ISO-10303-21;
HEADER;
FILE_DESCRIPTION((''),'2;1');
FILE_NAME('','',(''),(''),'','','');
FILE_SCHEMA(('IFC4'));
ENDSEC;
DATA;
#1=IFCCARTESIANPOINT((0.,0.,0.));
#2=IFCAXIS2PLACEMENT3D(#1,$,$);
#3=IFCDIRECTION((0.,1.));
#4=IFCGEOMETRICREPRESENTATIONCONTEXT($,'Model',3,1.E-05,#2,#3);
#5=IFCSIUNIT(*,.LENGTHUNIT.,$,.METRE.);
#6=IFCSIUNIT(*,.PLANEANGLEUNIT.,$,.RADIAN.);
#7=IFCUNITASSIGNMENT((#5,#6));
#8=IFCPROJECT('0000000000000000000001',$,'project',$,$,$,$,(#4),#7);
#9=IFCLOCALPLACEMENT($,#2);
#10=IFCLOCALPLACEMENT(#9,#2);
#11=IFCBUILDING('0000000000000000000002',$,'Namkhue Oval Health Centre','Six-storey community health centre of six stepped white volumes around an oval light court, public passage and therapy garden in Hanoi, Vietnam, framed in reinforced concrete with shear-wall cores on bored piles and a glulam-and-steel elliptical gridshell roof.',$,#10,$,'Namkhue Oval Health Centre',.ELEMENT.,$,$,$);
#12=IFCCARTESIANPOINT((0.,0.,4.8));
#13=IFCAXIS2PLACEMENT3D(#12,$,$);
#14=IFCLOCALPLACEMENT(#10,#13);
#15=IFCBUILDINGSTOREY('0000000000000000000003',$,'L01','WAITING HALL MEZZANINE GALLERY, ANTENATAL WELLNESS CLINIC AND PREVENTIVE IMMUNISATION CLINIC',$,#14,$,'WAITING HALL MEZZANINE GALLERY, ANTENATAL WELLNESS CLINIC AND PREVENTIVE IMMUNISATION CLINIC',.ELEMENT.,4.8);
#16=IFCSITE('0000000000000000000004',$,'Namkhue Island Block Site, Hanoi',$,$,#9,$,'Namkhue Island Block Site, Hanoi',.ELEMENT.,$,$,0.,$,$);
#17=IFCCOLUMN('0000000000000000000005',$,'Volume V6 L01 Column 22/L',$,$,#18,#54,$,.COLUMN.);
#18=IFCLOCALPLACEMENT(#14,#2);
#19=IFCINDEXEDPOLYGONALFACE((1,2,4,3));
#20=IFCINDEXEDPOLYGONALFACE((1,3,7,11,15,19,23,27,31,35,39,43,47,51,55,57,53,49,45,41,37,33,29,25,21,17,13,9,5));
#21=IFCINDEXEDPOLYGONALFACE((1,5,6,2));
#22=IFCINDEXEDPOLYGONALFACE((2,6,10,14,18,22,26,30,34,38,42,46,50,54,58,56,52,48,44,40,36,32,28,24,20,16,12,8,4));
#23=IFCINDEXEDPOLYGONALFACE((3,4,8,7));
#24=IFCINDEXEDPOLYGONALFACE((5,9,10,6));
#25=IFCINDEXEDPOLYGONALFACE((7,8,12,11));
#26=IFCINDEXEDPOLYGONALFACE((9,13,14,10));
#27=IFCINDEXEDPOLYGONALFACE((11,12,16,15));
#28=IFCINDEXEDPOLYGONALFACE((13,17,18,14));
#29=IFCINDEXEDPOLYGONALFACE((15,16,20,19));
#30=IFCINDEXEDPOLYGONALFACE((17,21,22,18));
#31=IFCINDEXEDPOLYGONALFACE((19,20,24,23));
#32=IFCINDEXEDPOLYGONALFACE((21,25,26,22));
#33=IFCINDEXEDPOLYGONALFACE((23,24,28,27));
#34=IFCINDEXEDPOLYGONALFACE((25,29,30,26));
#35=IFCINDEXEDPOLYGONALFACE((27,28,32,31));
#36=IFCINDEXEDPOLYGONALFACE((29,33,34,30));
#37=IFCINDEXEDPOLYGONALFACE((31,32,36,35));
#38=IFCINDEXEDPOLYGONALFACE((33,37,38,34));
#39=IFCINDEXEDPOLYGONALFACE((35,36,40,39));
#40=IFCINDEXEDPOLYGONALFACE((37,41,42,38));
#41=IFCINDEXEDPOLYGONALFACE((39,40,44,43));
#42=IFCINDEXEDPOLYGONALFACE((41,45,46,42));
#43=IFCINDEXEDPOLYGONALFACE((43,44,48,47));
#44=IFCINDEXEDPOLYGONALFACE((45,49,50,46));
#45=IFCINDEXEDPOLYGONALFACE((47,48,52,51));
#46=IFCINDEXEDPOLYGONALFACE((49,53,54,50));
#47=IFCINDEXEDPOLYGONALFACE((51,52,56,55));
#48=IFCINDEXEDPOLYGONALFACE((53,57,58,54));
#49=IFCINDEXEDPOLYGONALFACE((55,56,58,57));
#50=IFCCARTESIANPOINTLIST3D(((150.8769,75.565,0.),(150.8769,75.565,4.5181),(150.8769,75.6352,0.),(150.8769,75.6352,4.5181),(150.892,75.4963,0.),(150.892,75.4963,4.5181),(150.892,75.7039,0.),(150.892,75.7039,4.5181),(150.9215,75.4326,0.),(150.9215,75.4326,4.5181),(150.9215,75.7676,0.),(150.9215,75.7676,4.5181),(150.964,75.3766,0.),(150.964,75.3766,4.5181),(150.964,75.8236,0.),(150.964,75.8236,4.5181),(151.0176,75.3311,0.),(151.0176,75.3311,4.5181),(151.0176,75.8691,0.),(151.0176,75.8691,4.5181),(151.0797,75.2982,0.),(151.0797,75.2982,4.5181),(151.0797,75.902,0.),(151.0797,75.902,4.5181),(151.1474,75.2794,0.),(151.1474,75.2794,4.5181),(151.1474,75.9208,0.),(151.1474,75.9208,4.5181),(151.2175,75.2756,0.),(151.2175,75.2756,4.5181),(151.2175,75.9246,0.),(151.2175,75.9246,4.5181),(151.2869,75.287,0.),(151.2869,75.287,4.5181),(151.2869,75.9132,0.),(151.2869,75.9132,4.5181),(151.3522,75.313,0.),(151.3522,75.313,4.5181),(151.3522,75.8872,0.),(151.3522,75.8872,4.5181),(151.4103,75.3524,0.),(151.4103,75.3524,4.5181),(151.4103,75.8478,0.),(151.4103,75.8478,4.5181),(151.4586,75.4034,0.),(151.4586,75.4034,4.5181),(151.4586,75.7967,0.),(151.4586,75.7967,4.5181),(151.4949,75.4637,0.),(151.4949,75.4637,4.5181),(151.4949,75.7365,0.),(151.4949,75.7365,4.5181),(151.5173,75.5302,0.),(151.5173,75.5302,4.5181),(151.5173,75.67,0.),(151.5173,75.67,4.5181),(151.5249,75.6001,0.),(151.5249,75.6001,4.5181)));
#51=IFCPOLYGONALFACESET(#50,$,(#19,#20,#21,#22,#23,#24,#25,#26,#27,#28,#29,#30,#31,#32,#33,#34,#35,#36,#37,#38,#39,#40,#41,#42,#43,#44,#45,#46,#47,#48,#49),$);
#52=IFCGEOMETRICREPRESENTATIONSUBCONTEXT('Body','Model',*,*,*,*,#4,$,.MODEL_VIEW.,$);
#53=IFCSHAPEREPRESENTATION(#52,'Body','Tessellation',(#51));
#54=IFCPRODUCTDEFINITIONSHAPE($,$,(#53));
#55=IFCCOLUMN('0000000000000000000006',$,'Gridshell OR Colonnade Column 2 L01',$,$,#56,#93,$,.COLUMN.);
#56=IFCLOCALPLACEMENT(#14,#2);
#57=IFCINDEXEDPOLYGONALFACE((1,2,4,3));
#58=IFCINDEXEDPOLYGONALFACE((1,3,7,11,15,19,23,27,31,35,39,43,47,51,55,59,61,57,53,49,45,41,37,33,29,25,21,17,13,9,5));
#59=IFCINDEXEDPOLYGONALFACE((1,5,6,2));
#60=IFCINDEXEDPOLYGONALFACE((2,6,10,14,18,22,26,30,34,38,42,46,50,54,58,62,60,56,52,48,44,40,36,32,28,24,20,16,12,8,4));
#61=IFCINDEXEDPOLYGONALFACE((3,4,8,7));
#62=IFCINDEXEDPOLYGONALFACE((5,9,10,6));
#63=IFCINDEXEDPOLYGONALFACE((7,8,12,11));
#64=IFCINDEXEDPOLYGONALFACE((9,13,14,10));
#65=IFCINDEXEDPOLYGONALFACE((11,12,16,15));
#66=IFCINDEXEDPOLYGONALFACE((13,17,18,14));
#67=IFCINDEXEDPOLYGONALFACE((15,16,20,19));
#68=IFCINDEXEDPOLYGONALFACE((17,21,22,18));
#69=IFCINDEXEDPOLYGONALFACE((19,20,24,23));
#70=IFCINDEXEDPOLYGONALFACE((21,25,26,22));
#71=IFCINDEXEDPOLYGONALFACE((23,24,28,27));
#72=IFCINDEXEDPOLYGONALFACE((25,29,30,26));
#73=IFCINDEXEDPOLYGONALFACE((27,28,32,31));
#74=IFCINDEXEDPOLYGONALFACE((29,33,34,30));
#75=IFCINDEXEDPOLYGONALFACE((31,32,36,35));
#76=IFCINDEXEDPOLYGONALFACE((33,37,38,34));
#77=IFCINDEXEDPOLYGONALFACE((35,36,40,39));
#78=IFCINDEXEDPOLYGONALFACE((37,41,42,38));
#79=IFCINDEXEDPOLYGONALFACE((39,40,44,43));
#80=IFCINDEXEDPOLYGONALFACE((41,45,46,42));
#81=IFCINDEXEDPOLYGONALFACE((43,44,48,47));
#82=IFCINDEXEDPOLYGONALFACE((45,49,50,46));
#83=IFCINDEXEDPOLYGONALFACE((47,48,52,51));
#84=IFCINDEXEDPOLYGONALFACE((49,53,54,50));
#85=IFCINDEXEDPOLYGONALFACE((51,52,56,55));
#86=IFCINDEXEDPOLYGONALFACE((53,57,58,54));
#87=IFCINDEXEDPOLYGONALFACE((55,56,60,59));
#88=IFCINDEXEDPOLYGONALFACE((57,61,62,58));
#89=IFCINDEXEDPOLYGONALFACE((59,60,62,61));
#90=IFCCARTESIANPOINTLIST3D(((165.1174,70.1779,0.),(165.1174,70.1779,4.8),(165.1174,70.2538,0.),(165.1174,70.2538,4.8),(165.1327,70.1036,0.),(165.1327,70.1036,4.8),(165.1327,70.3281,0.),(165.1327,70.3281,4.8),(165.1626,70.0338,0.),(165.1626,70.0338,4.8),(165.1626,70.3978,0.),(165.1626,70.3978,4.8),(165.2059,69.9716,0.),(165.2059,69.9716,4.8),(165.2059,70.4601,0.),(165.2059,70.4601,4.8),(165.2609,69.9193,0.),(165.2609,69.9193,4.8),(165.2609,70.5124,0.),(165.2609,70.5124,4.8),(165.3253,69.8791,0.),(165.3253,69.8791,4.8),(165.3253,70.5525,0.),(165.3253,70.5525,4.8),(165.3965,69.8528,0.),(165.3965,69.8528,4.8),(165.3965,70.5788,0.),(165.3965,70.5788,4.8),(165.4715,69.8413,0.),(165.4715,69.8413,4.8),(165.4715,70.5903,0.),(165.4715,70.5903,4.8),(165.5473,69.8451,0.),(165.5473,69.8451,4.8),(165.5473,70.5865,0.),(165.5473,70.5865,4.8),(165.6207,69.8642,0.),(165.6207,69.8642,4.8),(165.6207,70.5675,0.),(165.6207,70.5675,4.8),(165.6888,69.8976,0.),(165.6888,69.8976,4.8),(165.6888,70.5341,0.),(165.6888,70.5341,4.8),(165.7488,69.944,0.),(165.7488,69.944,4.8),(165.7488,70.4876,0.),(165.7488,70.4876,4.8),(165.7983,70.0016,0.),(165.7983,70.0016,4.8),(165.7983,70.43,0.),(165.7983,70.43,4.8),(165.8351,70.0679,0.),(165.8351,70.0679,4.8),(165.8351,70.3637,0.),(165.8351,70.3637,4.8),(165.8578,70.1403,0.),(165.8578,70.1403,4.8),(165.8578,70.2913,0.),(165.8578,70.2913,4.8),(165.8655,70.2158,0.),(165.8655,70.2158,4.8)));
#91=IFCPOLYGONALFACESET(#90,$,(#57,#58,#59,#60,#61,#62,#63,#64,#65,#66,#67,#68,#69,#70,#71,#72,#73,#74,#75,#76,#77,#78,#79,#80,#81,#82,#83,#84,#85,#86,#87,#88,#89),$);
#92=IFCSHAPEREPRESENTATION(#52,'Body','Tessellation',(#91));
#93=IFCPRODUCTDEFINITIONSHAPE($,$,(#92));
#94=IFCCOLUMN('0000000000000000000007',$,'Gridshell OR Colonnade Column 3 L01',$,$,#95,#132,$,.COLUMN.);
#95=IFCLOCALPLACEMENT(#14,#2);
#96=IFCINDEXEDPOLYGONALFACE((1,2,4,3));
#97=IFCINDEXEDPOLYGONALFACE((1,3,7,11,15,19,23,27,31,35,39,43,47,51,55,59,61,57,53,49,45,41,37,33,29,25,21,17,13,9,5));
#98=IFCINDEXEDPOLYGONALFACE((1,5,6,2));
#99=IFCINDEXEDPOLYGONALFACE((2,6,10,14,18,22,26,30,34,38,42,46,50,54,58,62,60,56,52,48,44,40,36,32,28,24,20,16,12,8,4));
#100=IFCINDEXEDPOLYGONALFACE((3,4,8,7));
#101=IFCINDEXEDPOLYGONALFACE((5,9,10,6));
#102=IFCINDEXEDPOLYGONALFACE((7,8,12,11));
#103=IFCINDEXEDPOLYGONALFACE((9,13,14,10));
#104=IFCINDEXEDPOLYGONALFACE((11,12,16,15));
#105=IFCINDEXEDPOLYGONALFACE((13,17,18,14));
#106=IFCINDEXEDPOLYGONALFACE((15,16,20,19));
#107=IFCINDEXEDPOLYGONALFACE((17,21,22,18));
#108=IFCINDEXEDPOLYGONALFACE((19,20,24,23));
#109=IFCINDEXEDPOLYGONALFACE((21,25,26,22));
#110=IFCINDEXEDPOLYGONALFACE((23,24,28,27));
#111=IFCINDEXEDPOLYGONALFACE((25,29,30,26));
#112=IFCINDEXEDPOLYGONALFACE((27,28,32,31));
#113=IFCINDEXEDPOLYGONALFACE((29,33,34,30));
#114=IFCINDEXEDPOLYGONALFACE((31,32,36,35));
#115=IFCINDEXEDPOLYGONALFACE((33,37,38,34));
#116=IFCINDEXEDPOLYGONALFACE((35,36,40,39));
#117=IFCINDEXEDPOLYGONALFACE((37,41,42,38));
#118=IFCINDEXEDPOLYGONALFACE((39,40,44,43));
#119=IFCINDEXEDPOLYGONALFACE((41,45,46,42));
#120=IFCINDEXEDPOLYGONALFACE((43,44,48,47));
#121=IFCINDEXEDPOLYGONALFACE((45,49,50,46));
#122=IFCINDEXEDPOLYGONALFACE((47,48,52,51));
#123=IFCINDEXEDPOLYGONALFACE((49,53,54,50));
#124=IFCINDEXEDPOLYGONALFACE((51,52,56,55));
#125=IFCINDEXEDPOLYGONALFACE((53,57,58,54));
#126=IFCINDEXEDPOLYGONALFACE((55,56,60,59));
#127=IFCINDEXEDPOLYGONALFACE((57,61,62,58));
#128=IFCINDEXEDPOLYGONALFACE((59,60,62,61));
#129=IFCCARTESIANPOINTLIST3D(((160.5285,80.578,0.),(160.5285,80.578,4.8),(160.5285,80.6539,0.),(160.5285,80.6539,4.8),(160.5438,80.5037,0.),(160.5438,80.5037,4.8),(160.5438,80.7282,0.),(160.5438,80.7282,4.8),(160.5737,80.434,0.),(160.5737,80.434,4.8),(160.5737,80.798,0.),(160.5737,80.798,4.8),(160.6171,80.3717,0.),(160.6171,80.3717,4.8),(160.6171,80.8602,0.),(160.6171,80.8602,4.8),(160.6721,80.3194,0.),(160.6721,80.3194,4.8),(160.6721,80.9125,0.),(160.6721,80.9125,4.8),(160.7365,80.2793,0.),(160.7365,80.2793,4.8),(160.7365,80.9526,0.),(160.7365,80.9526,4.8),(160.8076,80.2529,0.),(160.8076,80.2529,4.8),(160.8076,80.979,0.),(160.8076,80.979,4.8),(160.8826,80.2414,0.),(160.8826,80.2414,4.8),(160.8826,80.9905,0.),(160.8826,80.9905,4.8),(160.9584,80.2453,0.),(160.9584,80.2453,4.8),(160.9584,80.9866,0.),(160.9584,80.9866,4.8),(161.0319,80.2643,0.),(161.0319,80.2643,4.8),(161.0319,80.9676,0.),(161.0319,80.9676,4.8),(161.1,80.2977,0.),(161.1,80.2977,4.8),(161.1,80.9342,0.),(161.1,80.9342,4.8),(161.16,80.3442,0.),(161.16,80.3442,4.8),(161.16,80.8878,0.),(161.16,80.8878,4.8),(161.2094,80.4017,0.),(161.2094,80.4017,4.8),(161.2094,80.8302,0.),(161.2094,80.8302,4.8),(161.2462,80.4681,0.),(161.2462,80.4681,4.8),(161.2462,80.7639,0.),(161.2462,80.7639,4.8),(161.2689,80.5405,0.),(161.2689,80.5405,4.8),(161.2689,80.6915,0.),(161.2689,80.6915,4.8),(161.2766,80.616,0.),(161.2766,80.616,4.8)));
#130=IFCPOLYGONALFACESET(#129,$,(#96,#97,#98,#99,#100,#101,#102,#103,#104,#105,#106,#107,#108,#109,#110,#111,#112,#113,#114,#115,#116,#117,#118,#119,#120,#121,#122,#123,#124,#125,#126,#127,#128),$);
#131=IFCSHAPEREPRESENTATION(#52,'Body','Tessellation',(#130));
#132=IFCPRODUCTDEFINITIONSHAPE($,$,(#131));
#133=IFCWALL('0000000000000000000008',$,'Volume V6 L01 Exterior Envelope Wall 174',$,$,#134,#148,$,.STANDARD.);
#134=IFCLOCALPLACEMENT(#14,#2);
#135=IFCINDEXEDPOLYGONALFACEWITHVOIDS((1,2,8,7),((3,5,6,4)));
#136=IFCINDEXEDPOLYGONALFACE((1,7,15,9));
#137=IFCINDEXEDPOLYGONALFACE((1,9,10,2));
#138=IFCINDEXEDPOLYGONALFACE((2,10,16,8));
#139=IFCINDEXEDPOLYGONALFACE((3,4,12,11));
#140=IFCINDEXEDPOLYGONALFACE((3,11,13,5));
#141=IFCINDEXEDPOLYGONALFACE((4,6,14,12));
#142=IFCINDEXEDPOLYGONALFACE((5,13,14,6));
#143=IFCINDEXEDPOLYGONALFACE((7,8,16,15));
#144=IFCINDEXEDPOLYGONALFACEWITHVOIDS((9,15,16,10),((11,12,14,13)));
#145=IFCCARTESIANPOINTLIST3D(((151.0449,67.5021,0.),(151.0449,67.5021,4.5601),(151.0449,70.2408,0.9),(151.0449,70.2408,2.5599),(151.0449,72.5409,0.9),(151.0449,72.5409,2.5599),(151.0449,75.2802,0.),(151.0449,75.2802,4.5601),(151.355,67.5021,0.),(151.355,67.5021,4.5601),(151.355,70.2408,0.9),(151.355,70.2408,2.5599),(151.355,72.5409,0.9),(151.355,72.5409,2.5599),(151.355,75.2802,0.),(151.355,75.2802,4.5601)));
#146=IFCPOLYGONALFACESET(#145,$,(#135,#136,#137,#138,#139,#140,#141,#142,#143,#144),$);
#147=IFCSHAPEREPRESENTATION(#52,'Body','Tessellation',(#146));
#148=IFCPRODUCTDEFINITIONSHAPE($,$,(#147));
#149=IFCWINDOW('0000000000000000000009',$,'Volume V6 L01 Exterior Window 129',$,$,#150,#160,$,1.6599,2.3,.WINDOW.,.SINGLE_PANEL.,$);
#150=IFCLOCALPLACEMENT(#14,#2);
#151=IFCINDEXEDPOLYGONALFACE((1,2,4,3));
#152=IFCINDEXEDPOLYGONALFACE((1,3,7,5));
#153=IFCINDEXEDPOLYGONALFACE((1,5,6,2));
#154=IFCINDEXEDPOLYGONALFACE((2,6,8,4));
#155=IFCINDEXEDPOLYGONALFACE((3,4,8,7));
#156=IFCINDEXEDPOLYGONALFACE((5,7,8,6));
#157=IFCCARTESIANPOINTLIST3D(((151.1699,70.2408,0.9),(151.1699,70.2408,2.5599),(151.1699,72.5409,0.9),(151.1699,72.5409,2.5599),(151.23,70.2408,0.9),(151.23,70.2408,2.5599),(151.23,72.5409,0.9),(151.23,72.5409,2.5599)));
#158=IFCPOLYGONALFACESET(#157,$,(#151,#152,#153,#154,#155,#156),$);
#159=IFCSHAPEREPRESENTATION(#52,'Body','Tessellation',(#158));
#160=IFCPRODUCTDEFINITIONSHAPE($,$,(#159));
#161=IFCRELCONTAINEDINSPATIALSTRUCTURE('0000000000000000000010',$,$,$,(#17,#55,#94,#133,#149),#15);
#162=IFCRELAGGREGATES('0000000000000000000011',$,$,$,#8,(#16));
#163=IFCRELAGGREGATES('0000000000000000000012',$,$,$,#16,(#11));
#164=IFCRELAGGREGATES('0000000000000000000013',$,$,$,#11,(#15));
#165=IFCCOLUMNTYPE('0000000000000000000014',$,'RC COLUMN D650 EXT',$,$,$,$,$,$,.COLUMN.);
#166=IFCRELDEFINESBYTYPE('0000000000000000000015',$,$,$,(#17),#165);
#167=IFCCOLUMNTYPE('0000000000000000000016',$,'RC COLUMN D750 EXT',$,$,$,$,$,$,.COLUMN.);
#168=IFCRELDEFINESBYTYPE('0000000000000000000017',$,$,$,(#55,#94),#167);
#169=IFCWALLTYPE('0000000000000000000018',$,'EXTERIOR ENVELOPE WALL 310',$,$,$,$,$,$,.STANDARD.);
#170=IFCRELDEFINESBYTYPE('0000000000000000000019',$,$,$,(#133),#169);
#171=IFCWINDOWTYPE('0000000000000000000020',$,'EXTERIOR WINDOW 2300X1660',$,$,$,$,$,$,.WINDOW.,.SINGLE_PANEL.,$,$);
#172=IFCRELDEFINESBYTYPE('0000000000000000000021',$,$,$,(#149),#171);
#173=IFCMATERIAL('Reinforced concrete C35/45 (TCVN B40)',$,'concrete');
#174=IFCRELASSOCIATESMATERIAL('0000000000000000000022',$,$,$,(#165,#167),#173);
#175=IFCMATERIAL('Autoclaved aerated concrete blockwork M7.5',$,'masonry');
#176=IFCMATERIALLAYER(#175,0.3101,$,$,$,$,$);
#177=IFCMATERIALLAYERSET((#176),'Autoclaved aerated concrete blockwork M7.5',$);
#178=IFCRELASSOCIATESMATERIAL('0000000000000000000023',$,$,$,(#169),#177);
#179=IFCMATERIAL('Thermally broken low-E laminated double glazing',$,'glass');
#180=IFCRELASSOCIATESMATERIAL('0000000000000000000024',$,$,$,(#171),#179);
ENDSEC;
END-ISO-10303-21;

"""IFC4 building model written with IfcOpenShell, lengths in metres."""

from ifc_helpers import new_model, si_unit, direction, frame, frame_2d, origin, origin_2d, place, context, subcontext, project, spatial, rectangle, circle, extrude, material, layer, layer_set, material_profile, profile_set, type_object, element, fill, save


model = new_model("IFC4")

# Units and contexts
model_context = context("Model", 3, precision=1e-05, world=origin(), true_north=direction((0.0, 1.0)))
body_context = subcontext(model_context, "Body", "Model", "MODEL_VIEW")
ifc_project = project(units=[si_unit("LENGTHUNIT", "METRE"), si_unit("PLANEANGLEUNIT", "RADIAN")], contexts=[model_context])

# Site, building, storey
site_placement = place(None, origin())
site = spatial("IfcSite", under=ifc_project, at=site_placement, Name="Namkhue Island Block Site, Hanoi", LongName="Namkhue Island Block Site, Hanoi", CompositionType="ELEMENT", RefElevation=0.0)
building_placement = place(site_placement, origin())
building = spatial("IfcBuilding", under=site, at=building_placement, Name="Namkhue Oval Health Centre", Description="Six-storey community health centre of six stepped white volumes around an oval light court, public passage and therapy garden in Hanoi, Vietnam, framed in reinforced concrete with shear-wall cores on bored piles and a glulam-and-steel elliptical gridshell roof.", LongName="Namkhue Oval Health Centre", CompositionType="ELEMENT")
storey_placement = place(building_placement, frame((0.0, 0.0, 4.8)))
storey = spatial("IfcBuildingStorey", under=building, at=storey_placement, Name="L01", Description="WAITING HALL MEZZANINE GALLERY, ANTENATAL WELLNESS CLINIC AND PREVENTIVE IMMUNISATION CLINIC", LongName="WAITING HALL MEZZANINE GALLERY, ANTENATAL WELLNESS CLINIC AND PREVENTIVE IMMUNISATION CLINIC", CompositionType="ELEMENT", Elevation=4.8)

# Columns
ifc_material_1 = material(Name="Reinforced concrete C35/45 (TCVN B40)", Category="concrete")
ifc_material_profile_1 = material_profile(ifc_material_1, circle(Radius=0.325, at=origin_2d()), Name="RC D650")
ifc_profile_set_1 = profile_set([ifc_material_profile_1], Name="Reinforced concrete C35/45 (TCVN B40)")
column_type_1 = type_object("IfcColumnType", Name="RC COLUMN D650 EXT", PredefinedType="COLUMN", material=ifc_profile_set_1)
column_placement = place(storey_placement, frame((151.2, 75.6001, 0.0), z_axis=(0.0, 0.0, 1.0), x_axis=(1.0, 0.0, 0.0)))
element("IfcColumn", 1, at=column_placement, inside=storey, type_object=column_type_1, Name="Volume V6 L01 Column 22/L", PredefinedType="COLUMN", context=body_context, shape_type="SweptSolid", body=[
    extrude(circle(Radius=0.325, at=origin_2d()), origin(), (0.0, 0.0, 1.0), 4.5181),
])
ifc_material_profile_2 = material_profile(ifc_material_1, circle(Radius=0.375, at=origin_2d()), Name="RC D750")
ifc_profile_set_2 = profile_set([ifc_material_profile_2], Name="Reinforced concrete C35/45 (TCVN B40)")
column_type_2 = type_object("IfcColumnType", Name="RC COLUMN D750 EXT", PredefinedType="COLUMN", material=ifc_profile_set_2)
for number, where, z_axis, x_axis, name in (
    (2, (165.4905, 70.2158, 0.0), (0.0, 0.0, 1.0), (1.0, 0.0, 0.0), "Gridshell OR Colonnade Column 2 L01"),
    (3, (160.9016, 80.616, 0.0), (0.0, 0.0, 1.0), (1.0, 0.0, 0.0), "Gridshell OR Colonnade Column 3 L01"),
):
    element("IfcColumn", number, at=place(storey_placement, frame(where, z_axis=z_axis, x_axis=x_axis)), inside=storey, type_object=column_type_2, Name=name, PredefinedType="COLUMN", context=body_context, shape_type="SweptSolid", body=[
        extrude(circle(Radius=0.375, at=origin_2d()), origin(), (0.0, 0.0, 1.0), 4.8),
    ])

# Wall, opening, window
ifc_material_2 = material(Name="Autoclaved aerated concrete blockwork M7.5", Category="masonry")
ifc_layer_1 = layer(ifc_material_2, 0.3101)
ifc_layer_set_1 = layer_set([ifc_layer_1], Name="Autoclaved aerated concrete blockwork M7.5")
wall_type_1 = type_object("IfcWallType", Name="EXTERIOR ENVELOPE WALL 310", PredefinedType="STANDARD", material=ifc_layer_set_1)
wall_1_placement = place(storey_placement, frame((151.2, 67.502, 0.0), z_axis=(0.0, 0.0, 1.0), x_axis=(0.0, 1.0, 0.0)))
wall_1 = element("IfcWall", 4, at=wall_1_placement, inside=storey, type_object=wall_type_1, Name="Volume V6 L01 Exterior Envelope Wall 174", PredefinedType="STANDARD", context=body_context, shape_type="SweptSolid", body=[
    extrude(rectangle(XDim=7.7781, YDim=0.3101, at=frame_2d((3.8892, 0.0))), origin(), (0.0, 0.0, 1.0), 4.5601),
])
opening_1_placement = place(wall_1_placement, frame((2.739, 0.0, 0.8999)))
opening_1 = element("IfcOpeningElement", 5, at=opening_1_placement, cuts=wall_1, PredefinedType="OPENING", context=body_context, shape_type="SweptSolid", body=[
    extrude(rectangle(XDim=2.3, YDim=1.6599, at=frame_2d((1.1499, 0.8301))), frame((0.0, 0.165, 0.0), z_axis=(0.0, -1.0, 0.0), x_axis=(1.0, 0.0, 0.0)), (0.0, 0.0, 1.0), 0.3301),
])
ifc_material_3 = material(Name="Thermally broken low-E laminated double glazing", Category="glass")
window_type_1 = type_object("IfcWindowType", Name="EXTERIOR WINDOW 2300X1660", PartitioningType="SINGLE_PANEL", PredefinedType="WINDOW", material=ifc_material_3)
window_1_placement = place(opening_1_placement, origin())
window_1 = element("IfcWindow", 6, at=window_1_placement, inside=storey, type_object=window_type_1, Name="Volume V6 L01 Exterior Window 129", OverallHeight=1.6599, OverallWidth=2.3, PartitioningType="SINGLE_PANEL", PredefinedType="WINDOW", context=body_context, shape_type="SweptSolid", body=[
    extrude(rectangle(XDim=2.3, YDim=1.6599, at=frame_2d((1.1499, 0.8301))), frame((0.0, 0.03, 0.0), z_axis=(0.0, -1.0, 0.0), x_axis=(1.0, 0.0, 0.0)), (0.0, 0.0, 1.0), 0.0601),
])
fill(opening_1, window_1)

save(model, "model.ifc")
